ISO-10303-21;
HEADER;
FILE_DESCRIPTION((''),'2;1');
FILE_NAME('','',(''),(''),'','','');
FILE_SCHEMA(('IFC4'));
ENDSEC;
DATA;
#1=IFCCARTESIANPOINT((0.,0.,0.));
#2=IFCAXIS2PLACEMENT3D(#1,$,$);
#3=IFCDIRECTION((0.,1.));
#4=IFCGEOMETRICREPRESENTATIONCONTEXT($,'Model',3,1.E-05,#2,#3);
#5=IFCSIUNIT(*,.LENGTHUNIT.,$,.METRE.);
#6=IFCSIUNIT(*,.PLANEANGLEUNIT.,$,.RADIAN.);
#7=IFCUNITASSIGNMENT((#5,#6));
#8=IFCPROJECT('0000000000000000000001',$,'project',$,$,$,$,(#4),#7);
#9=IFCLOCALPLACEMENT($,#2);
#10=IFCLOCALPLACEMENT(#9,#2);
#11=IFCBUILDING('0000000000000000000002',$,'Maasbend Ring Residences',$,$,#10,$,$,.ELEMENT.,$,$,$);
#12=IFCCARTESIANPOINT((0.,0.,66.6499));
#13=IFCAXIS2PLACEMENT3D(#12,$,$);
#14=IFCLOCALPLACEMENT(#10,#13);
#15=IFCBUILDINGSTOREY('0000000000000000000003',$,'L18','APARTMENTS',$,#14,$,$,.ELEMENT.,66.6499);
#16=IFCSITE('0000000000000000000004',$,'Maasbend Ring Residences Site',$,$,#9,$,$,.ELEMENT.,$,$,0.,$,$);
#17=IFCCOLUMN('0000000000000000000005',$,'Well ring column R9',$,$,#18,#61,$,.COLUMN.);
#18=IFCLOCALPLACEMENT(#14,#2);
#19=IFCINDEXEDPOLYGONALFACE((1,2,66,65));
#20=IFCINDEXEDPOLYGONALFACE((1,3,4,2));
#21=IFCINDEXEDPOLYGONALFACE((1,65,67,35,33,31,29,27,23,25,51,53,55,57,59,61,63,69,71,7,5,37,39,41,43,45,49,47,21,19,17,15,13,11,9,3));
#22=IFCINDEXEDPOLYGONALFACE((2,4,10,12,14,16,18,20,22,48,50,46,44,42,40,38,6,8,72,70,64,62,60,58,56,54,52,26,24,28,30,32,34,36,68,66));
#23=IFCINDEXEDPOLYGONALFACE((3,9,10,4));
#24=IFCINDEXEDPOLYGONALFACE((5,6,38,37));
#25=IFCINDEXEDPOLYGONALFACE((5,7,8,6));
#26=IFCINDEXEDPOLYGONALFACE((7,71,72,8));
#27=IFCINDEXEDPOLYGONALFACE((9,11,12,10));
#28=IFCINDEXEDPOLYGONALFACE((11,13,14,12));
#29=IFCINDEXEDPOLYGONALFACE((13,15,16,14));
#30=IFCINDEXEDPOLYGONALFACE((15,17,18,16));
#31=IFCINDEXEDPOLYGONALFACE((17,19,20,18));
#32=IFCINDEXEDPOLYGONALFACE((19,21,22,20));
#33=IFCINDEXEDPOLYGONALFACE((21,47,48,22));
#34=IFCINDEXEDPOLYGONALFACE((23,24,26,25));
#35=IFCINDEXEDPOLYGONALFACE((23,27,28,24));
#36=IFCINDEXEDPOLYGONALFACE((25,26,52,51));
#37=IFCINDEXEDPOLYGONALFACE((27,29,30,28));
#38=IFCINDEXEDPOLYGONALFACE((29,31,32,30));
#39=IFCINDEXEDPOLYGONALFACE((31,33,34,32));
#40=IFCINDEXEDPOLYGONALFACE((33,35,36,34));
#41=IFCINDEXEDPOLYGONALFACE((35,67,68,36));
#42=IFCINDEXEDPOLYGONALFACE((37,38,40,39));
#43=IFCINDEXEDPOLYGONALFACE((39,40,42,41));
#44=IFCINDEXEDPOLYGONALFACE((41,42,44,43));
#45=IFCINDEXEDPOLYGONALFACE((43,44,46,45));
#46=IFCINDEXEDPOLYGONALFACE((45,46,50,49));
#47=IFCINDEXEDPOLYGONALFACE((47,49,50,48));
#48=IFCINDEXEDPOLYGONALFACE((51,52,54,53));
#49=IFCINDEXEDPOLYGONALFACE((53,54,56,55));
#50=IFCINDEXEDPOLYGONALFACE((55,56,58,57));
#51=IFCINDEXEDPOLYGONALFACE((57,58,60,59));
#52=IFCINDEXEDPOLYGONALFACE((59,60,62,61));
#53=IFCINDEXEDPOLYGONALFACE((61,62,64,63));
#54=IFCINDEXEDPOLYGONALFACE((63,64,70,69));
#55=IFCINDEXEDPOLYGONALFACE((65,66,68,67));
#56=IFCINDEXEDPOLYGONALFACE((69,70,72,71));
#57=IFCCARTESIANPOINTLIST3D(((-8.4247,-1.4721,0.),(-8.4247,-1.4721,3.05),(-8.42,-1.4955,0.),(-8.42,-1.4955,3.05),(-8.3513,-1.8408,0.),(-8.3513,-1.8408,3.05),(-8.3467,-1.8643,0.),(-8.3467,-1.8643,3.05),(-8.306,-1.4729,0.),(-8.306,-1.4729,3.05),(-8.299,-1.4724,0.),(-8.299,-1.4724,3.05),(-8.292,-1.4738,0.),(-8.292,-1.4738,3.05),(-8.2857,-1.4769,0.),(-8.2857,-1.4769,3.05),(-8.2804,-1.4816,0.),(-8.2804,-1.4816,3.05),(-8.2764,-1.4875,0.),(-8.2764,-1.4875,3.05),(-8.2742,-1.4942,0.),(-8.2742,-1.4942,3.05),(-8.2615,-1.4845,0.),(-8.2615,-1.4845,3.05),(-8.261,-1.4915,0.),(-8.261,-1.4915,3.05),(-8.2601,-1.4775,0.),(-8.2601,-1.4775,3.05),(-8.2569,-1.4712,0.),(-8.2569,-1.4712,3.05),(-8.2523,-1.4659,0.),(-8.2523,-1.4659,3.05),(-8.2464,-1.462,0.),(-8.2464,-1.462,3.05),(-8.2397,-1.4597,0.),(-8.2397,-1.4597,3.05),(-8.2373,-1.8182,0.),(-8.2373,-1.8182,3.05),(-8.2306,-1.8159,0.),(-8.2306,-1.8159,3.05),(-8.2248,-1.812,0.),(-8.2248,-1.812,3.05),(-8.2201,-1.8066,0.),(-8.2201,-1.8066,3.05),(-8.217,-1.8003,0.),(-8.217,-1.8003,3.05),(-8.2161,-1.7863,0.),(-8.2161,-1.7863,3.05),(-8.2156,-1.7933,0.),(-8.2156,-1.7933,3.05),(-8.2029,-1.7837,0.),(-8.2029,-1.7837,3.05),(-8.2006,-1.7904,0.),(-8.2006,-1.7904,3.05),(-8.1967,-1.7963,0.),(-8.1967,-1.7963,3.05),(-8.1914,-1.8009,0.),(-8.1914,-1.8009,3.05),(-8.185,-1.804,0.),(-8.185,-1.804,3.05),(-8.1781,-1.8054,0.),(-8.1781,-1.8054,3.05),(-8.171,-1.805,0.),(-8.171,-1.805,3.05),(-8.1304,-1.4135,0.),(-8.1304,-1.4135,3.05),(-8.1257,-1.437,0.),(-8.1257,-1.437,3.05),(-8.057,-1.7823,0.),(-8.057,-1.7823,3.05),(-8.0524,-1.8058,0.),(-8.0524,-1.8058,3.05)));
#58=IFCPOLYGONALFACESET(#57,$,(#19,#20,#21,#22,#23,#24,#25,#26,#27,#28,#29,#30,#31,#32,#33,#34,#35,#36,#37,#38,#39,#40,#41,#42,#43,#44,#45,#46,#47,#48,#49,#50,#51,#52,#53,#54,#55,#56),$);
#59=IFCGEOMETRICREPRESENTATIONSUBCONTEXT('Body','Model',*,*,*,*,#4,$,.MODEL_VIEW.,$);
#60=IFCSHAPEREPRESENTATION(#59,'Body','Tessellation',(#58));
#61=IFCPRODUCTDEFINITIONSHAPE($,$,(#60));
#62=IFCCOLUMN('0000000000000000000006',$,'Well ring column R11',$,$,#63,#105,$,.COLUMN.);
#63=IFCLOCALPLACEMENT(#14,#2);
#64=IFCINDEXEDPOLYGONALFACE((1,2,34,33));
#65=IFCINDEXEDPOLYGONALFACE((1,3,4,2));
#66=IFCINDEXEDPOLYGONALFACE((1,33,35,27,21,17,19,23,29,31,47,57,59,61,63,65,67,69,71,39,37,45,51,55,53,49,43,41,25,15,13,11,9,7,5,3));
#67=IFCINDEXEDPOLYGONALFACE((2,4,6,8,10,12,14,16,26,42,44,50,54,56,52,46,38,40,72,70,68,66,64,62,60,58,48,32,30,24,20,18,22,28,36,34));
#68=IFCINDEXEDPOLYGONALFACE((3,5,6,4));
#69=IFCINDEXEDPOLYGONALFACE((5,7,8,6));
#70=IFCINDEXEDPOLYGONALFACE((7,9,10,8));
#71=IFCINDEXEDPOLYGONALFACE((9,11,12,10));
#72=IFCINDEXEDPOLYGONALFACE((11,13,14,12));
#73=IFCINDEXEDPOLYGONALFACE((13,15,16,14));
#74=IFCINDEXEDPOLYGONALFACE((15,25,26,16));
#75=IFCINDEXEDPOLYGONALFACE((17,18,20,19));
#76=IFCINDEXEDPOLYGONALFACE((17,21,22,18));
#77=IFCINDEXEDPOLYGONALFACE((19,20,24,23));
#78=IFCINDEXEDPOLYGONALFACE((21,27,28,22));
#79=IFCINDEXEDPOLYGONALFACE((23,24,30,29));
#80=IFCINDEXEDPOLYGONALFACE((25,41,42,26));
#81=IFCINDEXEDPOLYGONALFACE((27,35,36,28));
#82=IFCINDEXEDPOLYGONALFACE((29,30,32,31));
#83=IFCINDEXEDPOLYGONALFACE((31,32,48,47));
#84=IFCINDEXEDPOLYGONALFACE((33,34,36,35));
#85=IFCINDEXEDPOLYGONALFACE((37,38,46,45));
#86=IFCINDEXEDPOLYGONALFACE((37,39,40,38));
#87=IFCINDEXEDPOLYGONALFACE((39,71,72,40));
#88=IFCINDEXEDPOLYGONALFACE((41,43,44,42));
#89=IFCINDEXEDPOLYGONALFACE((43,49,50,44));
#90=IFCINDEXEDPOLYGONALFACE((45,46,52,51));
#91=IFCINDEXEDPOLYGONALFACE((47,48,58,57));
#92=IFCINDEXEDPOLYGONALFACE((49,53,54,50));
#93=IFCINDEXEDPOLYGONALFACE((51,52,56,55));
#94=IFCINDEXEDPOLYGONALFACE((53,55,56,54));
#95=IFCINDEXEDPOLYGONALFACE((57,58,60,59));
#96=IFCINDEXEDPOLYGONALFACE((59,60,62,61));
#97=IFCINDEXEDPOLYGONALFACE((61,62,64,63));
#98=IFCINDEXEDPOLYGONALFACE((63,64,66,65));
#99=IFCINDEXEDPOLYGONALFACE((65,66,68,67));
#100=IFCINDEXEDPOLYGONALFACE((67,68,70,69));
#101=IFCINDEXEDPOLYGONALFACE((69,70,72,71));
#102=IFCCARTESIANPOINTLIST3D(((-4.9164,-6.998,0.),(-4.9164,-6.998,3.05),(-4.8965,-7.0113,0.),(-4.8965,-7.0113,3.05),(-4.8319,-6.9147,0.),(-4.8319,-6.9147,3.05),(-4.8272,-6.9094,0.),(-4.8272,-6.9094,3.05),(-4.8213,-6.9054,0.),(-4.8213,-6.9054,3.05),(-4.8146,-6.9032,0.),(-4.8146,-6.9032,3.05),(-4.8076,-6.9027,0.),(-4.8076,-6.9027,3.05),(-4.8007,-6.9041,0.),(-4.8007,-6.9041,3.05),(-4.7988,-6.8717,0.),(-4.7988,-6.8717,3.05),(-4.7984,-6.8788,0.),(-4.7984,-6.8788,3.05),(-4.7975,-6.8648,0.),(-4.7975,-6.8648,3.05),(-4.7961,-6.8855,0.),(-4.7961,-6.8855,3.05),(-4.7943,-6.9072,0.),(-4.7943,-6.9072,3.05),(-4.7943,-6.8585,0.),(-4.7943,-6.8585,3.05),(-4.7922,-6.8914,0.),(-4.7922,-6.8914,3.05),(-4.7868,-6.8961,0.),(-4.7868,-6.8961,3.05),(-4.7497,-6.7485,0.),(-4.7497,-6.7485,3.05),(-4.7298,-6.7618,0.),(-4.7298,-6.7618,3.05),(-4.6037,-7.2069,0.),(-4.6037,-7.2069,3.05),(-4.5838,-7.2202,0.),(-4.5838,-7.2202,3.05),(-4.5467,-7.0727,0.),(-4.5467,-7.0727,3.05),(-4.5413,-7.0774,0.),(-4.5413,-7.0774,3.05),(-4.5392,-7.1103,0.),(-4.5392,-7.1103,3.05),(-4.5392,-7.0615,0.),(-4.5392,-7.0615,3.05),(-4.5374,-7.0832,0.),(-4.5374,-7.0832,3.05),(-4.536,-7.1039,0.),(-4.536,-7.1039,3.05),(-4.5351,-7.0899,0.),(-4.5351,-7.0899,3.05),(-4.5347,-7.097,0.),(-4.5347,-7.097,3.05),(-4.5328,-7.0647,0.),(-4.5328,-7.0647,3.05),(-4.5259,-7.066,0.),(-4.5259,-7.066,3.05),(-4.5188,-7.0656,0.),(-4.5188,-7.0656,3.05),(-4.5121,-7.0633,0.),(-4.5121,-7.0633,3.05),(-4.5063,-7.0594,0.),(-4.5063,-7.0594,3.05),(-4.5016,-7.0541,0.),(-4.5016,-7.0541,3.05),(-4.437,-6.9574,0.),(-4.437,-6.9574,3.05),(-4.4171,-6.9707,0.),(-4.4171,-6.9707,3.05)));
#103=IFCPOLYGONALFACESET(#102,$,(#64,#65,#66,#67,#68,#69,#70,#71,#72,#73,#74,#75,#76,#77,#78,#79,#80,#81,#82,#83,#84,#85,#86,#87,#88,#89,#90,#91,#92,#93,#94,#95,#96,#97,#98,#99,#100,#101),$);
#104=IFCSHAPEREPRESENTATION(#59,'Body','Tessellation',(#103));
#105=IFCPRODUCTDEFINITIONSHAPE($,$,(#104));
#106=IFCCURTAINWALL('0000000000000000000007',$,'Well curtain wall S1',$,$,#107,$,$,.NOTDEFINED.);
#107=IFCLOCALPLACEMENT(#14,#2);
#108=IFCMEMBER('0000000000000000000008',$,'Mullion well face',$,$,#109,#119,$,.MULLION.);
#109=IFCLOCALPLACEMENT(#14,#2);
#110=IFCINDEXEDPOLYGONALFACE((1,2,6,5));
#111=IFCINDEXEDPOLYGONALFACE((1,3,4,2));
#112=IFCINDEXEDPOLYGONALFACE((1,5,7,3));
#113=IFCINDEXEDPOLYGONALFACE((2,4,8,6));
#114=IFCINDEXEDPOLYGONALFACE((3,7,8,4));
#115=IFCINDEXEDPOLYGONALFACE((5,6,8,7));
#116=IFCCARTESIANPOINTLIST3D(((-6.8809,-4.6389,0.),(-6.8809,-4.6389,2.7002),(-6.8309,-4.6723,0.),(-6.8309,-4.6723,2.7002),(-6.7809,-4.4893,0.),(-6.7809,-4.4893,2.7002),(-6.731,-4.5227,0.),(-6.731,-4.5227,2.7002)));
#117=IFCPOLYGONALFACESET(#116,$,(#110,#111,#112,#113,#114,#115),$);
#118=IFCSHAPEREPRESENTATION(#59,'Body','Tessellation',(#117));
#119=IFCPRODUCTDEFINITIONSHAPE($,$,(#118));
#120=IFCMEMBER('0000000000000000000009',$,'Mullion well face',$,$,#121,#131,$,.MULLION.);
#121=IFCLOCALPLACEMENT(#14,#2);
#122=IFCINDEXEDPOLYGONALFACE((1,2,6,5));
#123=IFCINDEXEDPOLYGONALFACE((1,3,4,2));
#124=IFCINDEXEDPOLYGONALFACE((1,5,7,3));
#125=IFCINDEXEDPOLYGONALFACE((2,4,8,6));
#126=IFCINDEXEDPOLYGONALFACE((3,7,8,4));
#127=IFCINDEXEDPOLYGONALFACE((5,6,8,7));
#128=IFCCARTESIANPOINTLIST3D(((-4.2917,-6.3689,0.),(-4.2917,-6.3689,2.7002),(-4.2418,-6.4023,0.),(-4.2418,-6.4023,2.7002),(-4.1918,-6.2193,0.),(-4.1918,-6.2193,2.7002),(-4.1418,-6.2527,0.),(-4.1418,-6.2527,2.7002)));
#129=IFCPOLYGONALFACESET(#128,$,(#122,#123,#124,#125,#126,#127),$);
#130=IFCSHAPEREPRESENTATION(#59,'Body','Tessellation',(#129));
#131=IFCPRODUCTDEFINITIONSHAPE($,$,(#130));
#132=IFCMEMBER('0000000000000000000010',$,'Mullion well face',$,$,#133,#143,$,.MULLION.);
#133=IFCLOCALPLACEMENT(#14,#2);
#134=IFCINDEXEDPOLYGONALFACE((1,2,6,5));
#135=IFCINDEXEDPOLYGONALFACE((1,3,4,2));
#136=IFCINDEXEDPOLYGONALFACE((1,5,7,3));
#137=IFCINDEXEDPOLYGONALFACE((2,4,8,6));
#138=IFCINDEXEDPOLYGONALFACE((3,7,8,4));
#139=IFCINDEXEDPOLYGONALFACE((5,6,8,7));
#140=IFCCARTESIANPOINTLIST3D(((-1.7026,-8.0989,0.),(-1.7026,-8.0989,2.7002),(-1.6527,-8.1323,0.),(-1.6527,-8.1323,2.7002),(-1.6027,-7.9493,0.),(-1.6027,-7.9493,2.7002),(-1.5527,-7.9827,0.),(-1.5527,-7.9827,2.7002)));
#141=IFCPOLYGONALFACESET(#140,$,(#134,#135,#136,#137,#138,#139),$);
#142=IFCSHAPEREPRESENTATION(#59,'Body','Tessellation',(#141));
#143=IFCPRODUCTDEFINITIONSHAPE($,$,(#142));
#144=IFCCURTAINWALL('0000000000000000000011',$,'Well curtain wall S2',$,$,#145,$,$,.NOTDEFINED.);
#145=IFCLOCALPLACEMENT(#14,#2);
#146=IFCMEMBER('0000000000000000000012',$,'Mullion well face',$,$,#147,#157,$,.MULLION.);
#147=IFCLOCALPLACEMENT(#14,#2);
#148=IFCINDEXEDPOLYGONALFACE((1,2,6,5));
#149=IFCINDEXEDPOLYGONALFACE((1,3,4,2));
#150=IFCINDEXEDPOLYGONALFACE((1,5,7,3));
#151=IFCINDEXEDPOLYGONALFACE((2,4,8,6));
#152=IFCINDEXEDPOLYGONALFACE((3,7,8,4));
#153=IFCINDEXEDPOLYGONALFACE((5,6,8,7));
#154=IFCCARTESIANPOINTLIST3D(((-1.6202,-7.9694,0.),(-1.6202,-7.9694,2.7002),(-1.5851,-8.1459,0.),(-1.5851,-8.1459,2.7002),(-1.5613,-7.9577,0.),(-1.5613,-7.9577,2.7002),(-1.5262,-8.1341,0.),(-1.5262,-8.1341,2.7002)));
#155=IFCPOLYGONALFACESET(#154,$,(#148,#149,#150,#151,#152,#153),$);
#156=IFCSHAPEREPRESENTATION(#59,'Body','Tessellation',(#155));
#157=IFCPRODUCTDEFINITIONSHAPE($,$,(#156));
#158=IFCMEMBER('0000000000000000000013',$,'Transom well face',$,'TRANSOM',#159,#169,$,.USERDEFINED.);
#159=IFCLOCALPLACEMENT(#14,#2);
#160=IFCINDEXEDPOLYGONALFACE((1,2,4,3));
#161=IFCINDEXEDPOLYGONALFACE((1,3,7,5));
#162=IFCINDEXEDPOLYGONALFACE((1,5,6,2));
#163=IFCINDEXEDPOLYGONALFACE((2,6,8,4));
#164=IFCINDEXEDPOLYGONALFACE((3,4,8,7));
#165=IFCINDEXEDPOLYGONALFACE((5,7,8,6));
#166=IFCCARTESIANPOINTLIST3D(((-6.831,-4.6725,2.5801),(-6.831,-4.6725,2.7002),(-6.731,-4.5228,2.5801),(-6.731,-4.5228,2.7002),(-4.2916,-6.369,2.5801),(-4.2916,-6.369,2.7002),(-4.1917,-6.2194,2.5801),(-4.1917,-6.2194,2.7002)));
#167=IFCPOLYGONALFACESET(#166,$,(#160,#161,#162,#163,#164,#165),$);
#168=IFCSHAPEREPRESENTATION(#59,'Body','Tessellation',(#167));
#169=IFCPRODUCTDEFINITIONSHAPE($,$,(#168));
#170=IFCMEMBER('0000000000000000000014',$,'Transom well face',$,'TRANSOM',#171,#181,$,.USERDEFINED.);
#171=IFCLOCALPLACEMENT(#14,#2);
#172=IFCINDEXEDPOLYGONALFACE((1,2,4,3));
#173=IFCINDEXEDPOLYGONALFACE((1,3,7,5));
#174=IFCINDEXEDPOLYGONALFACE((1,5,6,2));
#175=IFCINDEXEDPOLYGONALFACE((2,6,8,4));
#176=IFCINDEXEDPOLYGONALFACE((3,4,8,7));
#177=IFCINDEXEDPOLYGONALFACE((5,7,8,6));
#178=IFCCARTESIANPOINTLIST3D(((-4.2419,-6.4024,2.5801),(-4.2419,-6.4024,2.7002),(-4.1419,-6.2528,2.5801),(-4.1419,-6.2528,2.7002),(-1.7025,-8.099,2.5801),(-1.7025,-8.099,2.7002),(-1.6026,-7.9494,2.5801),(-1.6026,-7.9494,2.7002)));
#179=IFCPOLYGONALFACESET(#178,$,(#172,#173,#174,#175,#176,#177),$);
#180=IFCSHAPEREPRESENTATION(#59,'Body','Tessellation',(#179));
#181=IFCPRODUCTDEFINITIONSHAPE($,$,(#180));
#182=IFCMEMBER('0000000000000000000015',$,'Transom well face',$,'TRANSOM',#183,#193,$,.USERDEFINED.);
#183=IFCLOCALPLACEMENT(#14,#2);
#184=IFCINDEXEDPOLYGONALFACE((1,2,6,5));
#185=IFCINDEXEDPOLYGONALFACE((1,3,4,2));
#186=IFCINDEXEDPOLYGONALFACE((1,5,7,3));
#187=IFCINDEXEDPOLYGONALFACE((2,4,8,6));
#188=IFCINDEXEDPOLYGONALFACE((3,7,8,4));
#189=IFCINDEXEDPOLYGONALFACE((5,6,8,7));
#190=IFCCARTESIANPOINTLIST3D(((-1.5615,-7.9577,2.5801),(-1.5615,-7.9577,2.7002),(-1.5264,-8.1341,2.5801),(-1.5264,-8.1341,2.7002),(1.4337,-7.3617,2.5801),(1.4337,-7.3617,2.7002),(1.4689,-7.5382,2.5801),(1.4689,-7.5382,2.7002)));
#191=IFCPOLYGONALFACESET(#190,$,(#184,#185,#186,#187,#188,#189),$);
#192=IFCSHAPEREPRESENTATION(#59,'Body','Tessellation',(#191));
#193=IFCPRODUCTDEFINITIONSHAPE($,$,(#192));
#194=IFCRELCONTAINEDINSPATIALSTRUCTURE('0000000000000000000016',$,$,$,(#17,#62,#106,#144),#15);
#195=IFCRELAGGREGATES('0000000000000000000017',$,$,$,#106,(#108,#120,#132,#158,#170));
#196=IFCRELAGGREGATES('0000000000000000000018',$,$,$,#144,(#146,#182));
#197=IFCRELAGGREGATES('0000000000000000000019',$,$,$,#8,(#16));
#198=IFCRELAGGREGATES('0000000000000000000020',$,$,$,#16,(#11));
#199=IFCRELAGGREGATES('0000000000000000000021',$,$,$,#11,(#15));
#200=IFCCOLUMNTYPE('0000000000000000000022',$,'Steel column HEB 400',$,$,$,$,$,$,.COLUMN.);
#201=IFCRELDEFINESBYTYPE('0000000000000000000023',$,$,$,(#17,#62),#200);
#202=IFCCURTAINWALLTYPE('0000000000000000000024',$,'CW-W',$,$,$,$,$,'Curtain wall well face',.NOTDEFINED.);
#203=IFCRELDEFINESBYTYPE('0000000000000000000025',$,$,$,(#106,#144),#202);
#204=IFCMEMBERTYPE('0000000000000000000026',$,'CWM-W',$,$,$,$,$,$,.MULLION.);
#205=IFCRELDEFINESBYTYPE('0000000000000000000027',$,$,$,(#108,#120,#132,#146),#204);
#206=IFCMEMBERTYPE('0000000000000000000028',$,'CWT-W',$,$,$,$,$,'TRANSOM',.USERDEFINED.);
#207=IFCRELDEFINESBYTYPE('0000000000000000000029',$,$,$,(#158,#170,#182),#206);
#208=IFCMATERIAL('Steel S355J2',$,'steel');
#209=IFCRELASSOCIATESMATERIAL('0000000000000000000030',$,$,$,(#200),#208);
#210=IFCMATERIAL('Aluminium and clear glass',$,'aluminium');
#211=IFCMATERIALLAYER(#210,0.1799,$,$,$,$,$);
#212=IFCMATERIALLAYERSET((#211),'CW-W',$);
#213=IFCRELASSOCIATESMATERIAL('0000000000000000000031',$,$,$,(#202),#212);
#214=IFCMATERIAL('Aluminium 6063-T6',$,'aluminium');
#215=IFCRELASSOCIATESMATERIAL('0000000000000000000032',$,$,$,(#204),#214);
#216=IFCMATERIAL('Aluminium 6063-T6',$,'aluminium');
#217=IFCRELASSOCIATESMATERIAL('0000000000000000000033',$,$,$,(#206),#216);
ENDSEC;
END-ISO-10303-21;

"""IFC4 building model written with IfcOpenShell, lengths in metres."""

from ifc_helpers import new_model, si_unit, direction, frame, origin, origin_2d, place, context, subcontext, project, spatial, rectangle, i_section, extrude, material, layer, layer_set, material_profile, profile_set, type_object, element, aggregate, save


model = new_model("IFC4")

# Units and contexts
model_context = context("Model", 3, precision=1e-05, world=origin(), true_north=direction((0.0, 1.0)))
body_context = subcontext(model_context, "Body", "Model", "MODEL_VIEW")
ifc_project = project(units=[si_unit("LENGTHUNIT", "METRE"), si_unit("PLANEANGLEUNIT", "RADIAN")], contexts=[model_context])

# Site, building, storey
site_placement = place(None, origin())
site = spatial("IfcSite", under=ifc_project, at=site_placement, Name="Maasbend Ring Residences Site", CompositionType="ELEMENT", RefElevation=0.0)
building_placement = place(site_placement, origin())
building = spatial("IfcBuilding", under=site, at=building_placement, Name="Maasbend Ring Residences", CompositionType="ELEMENT")
storey_placement = place(building_placement, frame((0.0, 0.0, 66.6499)))
storey = spatial("IfcBuildingStorey", under=building, at=storey_placement, Name="L18", Description="APARTMENTS", CompositionType="ELEMENT", Elevation=66.6499)

# Columns
ifc_material_1 = material(Name="Steel S355J2", Category="steel")
ifc_material_profile_1 = material_profile(ifc_material_1, i_section(OverallWidth=0.3, OverallDepth=0.3999, WebThickness=0.0134, FlangeThickness=0.0239, FilletRadius=0.0271, at=origin_2d()), Name="HEB 400")
ifc_profile_set_1 = profile_set([ifc_material_profile_1], Name="Steel S355J2")
column_type = type_object("IfcColumnType", Name="Steel column HEB 400", PredefinedType="COLUMN", material=ifc_profile_set_1)
for number, where, z_axis, x_axis, name in (
    (1, (-8.2385, -1.6389, 0.0), (0.0, 0.0, 1.0), (-0.980785, -0.19509, 0.0), "Well ring column R9"),
    (2, (-4.6667, -6.9844, 0.0), (0.0, 0.0, 1.0), (-0.55557, -0.83147, 0.0), "Well ring column R11"),
):
    element("IfcColumn", number, at=place(storey_placement, frame(where, z_axis=z_axis, x_axis=x_axis)), inside=storey, type_object=column_type, Name=name, PredefinedType="COLUMN", context=body_context, shape_type="SweptSolid", body=[
        extrude(i_section(OverallWidth=0.3, OverallDepth=0.3999, WebThickness=0.0134, FlangeThickness=0.0239, FilletRadius=0.0271, at=origin_2d()), origin(), (0.0, 0.0, 1.0), 3.05),
    ])

# Curtain wall, members
ifc_material_2 = material(Name="Aluminium and clear glass", Category="aluminium")
ifc_layer_1 = layer(ifc_material_2, 0.1799)
ifc_layer_set_1 = layer_set([ifc_layer_1], Name="CW-W")
curtain_wall_type = type_object("IfcCurtainWallType", Name="CW-W", ElementType="Curtain wall well face", PredefinedType="NOTDEFINED", material=ifc_layer_set_1)
curtain_wall_1_placement = place(storey_placement, origin())
curtain_wall_1 = element("IfcCurtainWall", 3, at=curtain_wall_1_placement, inside=storey, type_object=curtain_wall_type, Name="Well curtain wall S1", PredefinedType="NOTDEFINED")
ifc_material_3 = material(Name="Aluminium 6063-T6", Category="aluminium")
ifc_material_profile_2 = material_profile(ifc_material_3, rectangle(XDim=0.1799, YDim=0.0601, at=origin_2d()), Name="AL 180x60")
ifc_profile_set_2 = profile_set([ifc_material_profile_2], Name="Aluminium 6063-T6")
member_type_1 = type_object("IfcMemberType", Name="CWM-W", PredefinedType="MULLION", material=ifc_profile_set_2)
member_1_placement = place(storey_placement, frame((-6.8059, -4.5808, 0.0), z_axis=(0.0, 0.0, 1.0), x_axis=(0.55557, 0.83147, 0.0)))
member_1 = element("IfcMember", 4, at=member_1_placement, type_object=member_type_1, Name="Mullion well face", PredefinedType="MULLION", context=body_context, shape_type="SweptSolid", body=[
    extrude(rectangle(XDim=0.1799, YDim=0.0601, at=origin_2d()), origin(), (0.0, 0.0, 1.0), 2.7002),
])
member_2_placement = place(storey_placement, frame((-4.2168, -6.3108, 0.0), z_axis=(0.0, 0.0, 1.0), x_axis=(0.55557, 0.83147, 0.0)))
member_2 = element("IfcMember", 5, at=member_2_placement, type_object=member_type_1, Name="Mullion well face", PredefinedType="MULLION", context=body_context, shape_type="SweptSolid", body=[
    extrude(rectangle(XDim=0.1799, YDim=0.0601, at=origin_2d()), origin(), (0.0, 0.0, 1.0), 2.7002),
])
member_3_placement = place(storey_placement, frame((-1.6277, -8.0408, 0.0), z_axis=(0.0, 0.0, 1.0), x_axis=(0.55557, 0.83147, 0.0)))
member_3 = element("IfcMember", 6, at=member_3_placement, type_object=member_type_1, Name="Mullion well face", PredefinedType="MULLION", context=body_context, shape_type="SweptSolid", body=[
    extrude(rectangle(XDim=0.1799, YDim=0.0601, at=origin_2d()), origin(), (0.0, 0.0, 1.0), 2.7002),
])

# Curtain wall, member
curtain_wall_2_placement = place(storey_placement, origin())
curtain_wall_2 = element("IfcCurtainWall", 7, at=curtain_wall_2_placement, inside=storey, type_object=curtain_wall_type, Name="Well curtain wall S2", PredefinedType="NOTDEFINED")
member_4_placement = place(storey_placement, frame((-1.5732, -8.0518, 0.0), z_axis=(0.0, 0.0, 1.0), x_axis=(-0.19509, 0.980785, 0.0)))
member_4 = element("IfcMember", 8, at=member_4_placement, type_object=member_type_1, Name="Mullion well face", PredefinedType="MULLION", context=body_context, shape_type="SweptSolid", body=[
    extrude(rectangle(XDim=0.1799, YDim=0.0601, at=origin_2d()), origin(), (0.0, 0.0, 1.0), 2.7002),
])

# Members
ifc_material_4 = material(Name="Aluminium 6063-T6", Category="aluminium")
ifc_material_profile_3 = material_profile(ifc_material_4, rectangle(XDim=0.1799, YDim=0.1201, at=origin_2d()), Name="AL 180x120")
ifc_profile_set_3 = profile_set([ifc_material_profile_3], Name="Aluminium 6063-T6")
member_type_2 = type_object("IfcMemberType", Name="CWT-W", ElementType="TRANSOM", PredefinedType="USERDEFINED", material=ifc_profile_set_3)
member_5_placement = place(storey_placement, frame((-6.781, -4.5977, 2.6401), z_axis=(0.831496, -0.55553, 0.0), x_axis=(0.55553, 0.831496, 0.0)))
member_5 = element("IfcMember", 9, at=member_5_placement, type_object=member_type_2, Name="Transom well face", ObjectType="TRANSOM", PredefinedType="USERDEFINED", context=body_context, shape_type="SweptSolid", body=[
    extrude(rectangle(XDim=0.1799, YDim=0.1201, at=origin_2d()), origin(), (0.0, 0.0, 1.0), 3.054),
])
member_6_placement = place(storey_placement, frame((-4.1919, -6.3276, 2.6401), z_axis=(0.831496, -0.55553, 0.0), x_axis=(0.55553, 0.831496, 0.0)))
member_6 = element("IfcMember", 10, at=member_6_placement, type_object=member_type_2, Name="Transom well face", ObjectType="TRANSOM", PredefinedType="USERDEFINED", context=body_context, shape_type="SweptSolid", body=[
    extrude(rectangle(XDim=0.1799, YDim=0.1201, at=origin_2d()), origin(), (0.0, 0.0, 1.0), 3.054),
])
member_7_placement = place(storey_placement, frame((-1.5439, -8.0459, 2.6401), z_axis=(0.980777, 0.195132, 0.0), x_axis=(-0.195132, 0.980777, 0.0)))
member_7 = element("IfcMember", 11, at=member_7_placement, type_object=member_type_2, Name="Transom well face", ObjectType="TRANSOM", PredefinedType="USERDEFINED", context=body_context, shape_type="SweptSolid", body=[
    extrude(rectangle(XDim=0.1799, YDim=0.1201, at=origin_2d()), origin(), (0.0, 0.0, 1.0), 3.054),
])

aggregate(curtain_wall_1, [member_1, member_2, member_3, member_5, member_6])
aggregate(curtain_wall_2, [member_4, member_7])

save(model, "model.ifc")
